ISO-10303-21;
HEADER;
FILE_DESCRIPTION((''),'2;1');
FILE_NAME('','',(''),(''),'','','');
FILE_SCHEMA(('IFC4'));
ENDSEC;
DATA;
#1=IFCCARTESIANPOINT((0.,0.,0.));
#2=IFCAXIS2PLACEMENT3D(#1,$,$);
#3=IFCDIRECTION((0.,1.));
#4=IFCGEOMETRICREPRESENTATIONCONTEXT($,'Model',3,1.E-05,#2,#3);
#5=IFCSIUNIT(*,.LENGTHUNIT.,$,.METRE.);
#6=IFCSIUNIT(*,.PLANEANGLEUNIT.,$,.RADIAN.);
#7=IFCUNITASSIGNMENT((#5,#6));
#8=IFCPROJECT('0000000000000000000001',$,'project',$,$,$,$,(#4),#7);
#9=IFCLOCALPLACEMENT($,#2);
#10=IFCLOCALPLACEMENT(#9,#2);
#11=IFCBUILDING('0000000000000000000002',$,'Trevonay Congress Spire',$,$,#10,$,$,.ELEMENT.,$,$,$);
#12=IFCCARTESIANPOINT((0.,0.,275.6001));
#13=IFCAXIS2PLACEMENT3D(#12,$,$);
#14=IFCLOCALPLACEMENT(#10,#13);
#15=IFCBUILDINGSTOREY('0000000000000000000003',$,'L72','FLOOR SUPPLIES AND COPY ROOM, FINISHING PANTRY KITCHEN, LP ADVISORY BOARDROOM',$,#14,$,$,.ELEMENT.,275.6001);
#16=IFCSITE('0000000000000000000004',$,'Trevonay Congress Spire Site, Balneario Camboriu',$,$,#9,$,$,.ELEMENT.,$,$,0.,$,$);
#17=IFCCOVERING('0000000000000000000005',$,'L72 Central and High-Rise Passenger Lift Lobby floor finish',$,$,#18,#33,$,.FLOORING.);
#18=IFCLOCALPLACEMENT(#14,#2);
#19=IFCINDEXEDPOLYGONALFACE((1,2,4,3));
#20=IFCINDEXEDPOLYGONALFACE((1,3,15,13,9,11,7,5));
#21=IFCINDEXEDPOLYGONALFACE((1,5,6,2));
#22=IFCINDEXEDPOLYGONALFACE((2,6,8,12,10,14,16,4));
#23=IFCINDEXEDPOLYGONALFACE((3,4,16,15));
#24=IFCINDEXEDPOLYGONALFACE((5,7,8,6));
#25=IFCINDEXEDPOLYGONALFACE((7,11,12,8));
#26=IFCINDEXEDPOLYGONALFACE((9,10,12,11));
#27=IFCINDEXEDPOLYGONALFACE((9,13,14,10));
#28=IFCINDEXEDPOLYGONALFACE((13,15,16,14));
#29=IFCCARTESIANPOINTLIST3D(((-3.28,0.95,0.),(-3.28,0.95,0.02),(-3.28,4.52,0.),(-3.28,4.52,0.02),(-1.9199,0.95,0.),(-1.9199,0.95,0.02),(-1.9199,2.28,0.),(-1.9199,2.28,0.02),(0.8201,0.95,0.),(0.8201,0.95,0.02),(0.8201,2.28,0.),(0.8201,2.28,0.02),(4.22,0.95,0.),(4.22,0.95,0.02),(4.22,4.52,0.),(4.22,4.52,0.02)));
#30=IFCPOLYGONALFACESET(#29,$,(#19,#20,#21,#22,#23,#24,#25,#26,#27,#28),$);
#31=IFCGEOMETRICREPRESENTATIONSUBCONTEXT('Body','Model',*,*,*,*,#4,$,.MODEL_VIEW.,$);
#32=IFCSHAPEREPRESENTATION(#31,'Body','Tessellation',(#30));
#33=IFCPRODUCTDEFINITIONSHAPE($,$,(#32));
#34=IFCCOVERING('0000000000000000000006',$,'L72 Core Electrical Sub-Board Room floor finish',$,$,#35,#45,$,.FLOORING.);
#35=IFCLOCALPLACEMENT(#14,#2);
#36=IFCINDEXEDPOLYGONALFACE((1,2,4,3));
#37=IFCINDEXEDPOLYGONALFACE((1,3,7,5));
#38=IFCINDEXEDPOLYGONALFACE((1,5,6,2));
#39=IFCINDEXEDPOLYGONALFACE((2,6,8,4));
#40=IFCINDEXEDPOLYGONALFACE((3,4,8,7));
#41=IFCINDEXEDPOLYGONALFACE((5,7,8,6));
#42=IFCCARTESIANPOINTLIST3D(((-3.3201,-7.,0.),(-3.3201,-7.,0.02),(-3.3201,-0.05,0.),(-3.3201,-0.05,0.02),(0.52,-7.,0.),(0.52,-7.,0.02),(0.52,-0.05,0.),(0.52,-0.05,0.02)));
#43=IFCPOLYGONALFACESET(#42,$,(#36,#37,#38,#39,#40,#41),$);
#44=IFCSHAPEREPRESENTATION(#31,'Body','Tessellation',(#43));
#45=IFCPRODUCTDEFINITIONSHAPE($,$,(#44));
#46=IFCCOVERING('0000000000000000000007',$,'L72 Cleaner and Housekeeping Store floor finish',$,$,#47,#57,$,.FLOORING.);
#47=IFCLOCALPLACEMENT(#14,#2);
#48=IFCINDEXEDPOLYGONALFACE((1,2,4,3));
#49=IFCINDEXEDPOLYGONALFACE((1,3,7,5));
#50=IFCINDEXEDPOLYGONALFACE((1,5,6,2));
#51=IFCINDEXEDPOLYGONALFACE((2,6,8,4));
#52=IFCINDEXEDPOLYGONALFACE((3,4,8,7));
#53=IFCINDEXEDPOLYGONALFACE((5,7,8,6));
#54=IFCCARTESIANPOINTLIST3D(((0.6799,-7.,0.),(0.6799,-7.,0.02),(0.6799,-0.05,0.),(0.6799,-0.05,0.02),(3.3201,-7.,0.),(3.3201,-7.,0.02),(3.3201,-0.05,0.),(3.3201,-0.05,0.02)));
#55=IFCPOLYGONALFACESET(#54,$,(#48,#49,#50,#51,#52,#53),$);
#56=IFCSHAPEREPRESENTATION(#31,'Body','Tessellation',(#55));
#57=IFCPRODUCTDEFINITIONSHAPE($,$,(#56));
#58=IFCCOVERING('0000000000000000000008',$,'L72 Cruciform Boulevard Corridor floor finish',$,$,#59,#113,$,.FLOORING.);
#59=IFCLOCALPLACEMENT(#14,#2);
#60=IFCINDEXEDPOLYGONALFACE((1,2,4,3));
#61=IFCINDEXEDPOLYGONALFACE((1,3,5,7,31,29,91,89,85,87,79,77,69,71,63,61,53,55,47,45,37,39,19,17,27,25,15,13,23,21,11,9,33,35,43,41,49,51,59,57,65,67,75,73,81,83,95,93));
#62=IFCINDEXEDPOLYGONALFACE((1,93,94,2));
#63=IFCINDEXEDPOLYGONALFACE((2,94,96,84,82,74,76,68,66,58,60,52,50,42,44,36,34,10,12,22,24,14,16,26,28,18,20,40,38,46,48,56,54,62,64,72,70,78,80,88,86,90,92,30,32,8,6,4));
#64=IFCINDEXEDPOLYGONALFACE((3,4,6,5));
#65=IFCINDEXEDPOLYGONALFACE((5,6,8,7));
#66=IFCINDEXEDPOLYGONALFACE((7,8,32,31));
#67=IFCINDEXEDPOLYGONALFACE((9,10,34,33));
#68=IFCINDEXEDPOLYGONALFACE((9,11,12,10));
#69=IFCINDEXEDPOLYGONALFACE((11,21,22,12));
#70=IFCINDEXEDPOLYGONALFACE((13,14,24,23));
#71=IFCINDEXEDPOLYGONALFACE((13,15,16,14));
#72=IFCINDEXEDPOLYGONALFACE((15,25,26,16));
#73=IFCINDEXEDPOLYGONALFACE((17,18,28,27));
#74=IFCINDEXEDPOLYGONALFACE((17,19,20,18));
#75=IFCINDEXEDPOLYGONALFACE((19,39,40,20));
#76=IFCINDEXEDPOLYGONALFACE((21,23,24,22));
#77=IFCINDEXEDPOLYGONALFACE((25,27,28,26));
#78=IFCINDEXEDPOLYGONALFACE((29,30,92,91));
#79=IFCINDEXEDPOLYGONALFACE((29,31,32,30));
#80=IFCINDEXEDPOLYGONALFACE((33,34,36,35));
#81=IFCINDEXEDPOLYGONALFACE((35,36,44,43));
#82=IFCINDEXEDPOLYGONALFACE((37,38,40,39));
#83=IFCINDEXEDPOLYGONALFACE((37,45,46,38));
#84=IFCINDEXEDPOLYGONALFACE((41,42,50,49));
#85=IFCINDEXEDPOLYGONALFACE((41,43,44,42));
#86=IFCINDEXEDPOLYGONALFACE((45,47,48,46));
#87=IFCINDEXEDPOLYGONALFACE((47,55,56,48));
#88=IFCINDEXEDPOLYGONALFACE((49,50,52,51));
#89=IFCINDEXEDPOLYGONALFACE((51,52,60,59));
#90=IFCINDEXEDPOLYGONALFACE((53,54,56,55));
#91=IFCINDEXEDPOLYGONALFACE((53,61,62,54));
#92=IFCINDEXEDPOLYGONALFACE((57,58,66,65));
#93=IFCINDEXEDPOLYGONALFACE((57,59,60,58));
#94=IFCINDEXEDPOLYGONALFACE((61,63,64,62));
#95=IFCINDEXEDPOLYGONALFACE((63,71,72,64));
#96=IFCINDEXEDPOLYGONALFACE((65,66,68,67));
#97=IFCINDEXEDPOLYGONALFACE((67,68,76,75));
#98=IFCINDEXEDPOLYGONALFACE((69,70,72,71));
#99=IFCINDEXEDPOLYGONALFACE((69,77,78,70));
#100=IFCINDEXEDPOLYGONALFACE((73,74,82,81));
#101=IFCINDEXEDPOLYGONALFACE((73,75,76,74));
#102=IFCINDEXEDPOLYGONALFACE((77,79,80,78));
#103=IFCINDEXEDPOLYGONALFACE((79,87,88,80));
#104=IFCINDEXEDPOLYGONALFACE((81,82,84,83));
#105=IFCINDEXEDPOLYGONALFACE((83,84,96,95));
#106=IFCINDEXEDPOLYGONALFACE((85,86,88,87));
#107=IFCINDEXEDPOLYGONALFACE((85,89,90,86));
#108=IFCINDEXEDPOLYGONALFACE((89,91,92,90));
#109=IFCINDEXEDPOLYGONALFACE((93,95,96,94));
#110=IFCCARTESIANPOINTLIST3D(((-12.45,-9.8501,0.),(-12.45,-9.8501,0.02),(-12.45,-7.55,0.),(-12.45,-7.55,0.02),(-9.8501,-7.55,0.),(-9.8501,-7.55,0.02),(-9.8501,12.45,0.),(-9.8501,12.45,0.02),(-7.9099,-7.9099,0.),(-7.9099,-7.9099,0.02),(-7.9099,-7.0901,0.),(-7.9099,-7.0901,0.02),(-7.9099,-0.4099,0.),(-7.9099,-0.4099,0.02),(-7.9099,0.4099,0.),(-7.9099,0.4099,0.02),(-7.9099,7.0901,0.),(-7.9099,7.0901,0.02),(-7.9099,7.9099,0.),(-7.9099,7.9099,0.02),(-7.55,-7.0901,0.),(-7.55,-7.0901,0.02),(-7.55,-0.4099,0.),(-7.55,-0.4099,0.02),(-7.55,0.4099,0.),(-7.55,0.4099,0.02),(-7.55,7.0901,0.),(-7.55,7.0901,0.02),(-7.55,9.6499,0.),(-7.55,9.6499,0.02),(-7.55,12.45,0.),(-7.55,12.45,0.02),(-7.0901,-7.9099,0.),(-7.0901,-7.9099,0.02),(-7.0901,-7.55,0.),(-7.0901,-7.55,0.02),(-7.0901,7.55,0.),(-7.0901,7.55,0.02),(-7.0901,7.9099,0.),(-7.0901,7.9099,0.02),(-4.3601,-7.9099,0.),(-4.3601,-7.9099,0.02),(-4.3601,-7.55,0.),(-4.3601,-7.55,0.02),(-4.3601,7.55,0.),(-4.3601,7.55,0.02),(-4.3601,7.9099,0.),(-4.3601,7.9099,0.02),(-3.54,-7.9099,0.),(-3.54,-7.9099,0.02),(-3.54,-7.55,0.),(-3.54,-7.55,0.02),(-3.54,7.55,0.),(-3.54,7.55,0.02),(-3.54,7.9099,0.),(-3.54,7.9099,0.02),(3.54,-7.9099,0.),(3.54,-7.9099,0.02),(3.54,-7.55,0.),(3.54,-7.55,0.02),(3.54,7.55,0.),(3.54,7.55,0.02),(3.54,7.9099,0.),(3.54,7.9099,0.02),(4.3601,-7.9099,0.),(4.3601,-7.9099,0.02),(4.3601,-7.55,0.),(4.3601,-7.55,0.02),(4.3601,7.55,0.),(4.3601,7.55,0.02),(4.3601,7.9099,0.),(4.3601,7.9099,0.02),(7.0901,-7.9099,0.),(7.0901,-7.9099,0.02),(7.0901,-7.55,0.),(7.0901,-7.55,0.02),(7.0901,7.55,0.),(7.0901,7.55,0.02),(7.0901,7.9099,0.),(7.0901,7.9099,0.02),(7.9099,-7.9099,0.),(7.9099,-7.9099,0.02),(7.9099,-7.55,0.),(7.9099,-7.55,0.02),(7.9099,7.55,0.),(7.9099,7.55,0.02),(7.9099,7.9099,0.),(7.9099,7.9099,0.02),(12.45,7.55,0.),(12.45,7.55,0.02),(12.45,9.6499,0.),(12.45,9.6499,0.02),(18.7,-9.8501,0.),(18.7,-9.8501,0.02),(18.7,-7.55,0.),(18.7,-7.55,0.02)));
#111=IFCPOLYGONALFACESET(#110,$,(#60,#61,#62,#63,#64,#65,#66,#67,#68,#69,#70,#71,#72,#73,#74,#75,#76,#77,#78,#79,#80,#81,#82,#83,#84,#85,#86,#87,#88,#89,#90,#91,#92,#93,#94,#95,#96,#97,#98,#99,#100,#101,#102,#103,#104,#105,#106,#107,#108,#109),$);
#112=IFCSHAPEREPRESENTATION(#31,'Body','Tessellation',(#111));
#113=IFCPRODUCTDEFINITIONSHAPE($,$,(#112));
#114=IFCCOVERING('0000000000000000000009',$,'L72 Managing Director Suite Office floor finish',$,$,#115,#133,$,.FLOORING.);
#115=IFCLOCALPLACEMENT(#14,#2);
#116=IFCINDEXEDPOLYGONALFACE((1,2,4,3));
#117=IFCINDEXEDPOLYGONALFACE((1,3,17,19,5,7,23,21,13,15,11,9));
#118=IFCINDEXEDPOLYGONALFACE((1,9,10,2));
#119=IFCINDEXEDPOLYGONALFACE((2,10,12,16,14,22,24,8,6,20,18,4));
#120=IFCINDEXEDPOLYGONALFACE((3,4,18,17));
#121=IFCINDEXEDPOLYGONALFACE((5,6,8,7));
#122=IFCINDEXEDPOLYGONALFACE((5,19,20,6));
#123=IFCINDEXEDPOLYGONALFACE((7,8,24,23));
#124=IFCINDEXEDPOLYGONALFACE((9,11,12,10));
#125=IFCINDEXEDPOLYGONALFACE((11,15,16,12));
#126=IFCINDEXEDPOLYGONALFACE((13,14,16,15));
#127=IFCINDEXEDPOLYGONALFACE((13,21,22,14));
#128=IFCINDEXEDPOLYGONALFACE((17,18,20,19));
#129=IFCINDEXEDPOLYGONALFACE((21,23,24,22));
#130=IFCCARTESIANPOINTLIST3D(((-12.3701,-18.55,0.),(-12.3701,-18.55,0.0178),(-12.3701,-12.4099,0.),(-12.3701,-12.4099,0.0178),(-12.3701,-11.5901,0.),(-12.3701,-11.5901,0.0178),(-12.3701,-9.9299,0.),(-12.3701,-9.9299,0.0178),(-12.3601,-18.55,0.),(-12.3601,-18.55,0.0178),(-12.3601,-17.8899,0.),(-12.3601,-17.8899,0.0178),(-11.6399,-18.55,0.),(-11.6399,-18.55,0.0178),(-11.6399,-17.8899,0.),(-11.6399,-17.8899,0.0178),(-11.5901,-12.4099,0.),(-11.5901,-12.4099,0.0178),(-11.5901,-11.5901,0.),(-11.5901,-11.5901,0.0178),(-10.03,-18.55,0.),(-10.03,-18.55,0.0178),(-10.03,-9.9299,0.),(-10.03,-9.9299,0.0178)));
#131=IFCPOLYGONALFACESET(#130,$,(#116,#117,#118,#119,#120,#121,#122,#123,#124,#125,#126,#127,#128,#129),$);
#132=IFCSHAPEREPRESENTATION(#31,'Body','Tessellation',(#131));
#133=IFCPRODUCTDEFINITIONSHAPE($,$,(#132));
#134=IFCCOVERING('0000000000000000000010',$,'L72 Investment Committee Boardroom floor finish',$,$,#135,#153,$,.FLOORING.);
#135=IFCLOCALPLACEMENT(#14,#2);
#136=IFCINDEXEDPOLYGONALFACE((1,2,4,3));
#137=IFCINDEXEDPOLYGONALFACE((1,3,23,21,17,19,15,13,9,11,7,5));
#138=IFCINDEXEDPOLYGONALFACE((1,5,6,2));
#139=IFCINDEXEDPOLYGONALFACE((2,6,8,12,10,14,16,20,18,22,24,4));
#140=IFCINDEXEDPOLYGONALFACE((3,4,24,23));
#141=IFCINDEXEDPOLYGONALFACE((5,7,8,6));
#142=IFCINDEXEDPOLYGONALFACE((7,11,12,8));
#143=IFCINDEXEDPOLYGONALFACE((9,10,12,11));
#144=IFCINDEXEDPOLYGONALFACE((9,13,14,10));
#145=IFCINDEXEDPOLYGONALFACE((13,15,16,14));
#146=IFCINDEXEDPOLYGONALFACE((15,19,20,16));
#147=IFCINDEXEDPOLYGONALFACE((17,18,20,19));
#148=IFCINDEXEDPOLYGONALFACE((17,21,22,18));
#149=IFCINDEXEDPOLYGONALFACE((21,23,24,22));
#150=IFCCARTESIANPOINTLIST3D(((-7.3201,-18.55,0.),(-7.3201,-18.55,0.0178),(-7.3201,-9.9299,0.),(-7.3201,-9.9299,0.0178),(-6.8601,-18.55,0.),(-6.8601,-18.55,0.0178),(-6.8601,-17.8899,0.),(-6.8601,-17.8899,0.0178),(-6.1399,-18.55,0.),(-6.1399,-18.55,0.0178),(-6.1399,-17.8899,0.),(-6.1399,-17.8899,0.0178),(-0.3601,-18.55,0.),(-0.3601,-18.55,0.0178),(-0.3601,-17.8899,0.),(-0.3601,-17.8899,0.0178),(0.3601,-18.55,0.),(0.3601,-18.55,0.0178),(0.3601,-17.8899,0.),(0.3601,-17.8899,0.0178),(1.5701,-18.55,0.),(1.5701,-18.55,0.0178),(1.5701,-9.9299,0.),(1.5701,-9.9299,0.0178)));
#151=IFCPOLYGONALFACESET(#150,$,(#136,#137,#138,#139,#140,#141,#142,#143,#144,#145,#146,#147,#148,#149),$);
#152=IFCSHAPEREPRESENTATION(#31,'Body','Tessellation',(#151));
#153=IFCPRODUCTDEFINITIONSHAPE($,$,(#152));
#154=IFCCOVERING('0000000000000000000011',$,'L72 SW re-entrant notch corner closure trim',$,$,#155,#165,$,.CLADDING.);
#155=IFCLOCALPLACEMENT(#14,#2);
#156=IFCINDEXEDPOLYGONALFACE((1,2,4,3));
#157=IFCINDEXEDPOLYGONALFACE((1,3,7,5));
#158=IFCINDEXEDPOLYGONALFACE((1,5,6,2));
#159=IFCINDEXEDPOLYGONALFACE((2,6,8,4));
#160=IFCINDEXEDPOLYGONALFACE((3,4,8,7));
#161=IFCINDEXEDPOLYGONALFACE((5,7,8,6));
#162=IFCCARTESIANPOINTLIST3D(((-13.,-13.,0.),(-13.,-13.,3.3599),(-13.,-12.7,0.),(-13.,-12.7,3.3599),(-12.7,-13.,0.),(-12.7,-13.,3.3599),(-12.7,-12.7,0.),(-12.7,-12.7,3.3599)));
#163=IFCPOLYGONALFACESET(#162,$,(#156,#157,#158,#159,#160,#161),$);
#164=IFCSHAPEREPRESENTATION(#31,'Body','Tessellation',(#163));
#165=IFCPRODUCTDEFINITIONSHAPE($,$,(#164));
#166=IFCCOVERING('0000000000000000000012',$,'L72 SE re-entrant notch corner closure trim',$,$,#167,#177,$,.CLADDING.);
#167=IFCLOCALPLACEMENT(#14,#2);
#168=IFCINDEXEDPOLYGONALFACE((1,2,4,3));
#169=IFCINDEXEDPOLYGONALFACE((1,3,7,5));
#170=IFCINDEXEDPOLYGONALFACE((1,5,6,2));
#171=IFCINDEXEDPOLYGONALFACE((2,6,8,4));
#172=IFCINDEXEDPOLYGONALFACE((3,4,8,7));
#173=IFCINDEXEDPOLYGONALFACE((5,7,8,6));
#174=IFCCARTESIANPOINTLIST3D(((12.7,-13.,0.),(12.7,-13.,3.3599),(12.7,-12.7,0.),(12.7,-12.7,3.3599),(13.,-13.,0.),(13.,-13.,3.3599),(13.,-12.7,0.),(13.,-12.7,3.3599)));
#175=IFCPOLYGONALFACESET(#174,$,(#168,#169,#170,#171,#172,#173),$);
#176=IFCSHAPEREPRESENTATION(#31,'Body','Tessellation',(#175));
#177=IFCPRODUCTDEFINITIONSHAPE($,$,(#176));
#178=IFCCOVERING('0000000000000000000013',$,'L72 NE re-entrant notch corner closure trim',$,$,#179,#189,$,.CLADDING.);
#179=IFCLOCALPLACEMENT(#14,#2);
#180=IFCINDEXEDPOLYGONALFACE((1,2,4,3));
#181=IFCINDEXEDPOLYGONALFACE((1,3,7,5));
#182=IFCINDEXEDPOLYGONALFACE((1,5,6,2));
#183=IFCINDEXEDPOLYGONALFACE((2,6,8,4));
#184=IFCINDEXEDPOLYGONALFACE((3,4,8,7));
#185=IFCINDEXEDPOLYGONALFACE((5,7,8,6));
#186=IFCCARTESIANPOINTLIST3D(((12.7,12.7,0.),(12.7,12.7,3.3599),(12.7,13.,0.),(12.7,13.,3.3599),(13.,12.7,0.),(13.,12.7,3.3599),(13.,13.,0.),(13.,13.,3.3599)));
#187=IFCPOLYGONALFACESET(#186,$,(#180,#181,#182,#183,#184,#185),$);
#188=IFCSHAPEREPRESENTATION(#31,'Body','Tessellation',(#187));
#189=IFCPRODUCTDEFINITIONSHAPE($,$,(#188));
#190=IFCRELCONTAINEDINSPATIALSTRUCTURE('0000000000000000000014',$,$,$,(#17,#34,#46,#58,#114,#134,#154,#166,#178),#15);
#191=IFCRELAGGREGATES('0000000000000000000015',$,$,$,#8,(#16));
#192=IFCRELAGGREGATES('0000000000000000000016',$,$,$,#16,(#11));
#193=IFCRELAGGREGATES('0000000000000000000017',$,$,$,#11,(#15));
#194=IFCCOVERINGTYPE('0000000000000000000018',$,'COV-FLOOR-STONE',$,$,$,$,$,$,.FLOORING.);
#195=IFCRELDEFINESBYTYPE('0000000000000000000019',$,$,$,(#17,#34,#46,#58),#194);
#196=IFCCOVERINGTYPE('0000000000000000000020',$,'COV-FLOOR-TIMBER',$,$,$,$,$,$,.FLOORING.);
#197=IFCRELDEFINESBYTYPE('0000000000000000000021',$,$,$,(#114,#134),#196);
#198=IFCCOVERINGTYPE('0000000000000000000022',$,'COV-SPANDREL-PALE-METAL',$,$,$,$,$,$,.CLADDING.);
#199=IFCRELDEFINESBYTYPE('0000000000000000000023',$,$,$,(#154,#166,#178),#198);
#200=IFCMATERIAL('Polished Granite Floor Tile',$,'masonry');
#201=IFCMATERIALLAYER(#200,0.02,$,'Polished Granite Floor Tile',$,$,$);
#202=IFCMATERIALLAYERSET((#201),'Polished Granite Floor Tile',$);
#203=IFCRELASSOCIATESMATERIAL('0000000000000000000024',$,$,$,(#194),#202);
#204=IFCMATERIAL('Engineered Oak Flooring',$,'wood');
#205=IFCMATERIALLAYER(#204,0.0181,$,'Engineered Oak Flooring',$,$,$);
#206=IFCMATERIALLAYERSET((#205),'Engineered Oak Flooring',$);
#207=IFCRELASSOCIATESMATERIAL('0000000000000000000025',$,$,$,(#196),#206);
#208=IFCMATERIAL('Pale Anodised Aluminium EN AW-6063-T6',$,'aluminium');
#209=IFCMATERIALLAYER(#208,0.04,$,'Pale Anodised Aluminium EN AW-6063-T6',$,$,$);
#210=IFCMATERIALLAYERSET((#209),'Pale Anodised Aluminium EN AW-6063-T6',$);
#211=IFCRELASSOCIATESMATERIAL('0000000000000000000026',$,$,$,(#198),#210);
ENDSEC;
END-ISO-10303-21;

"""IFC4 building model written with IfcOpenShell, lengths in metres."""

from ifc_helpers import new_model, si_unit, direction, frame, origin, place, context, subcontext, project, spatial, polyline, outline, extrude, material, layer, layer_set, type_object, element, save


model = new_model("IFC4")

# Units and contexts
model_context = context("Model", 3, precision=1e-05, world=origin(), true_north=direction((0.0, 1.0)))
body_context = subcontext(model_context, "Body", "Model", "MODEL_VIEW")
ifc_project = project(units=[si_unit("LENGTHUNIT", "METRE"), si_unit("PLANEANGLEUNIT", "RADIAN")], contexts=[model_context])

# Site, building, storey
site_placement = place(None, origin())
site = spatial("IfcSite", under=ifc_project, at=site_placement, Name="Trevonay Congress Spire Site, Balneario Camboriu", CompositionType="ELEMENT", RefElevation=0.0)
building_placement = place(site_placement, origin())
building = spatial("IfcBuilding", under=site, at=building_placement, Name="Trevonay Congress Spire", CompositionType="ELEMENT")
storey_placement = place(building_placement, frame((0.0, 0.0, 275.6001)))
storey = spatial("IfcBuildingStorey", under=building, at=storey_placement, Name="L72", Description="FLOOR SUPPLIES AND COPY ROOM, FINISHING PANTRY KITCHEN, LP ADVISORY BOARDROOM", CompositionType="ELEMENT", Elevation=275.6001)

# Coverings
ifc_material_1 = material(Name="Polished Granite Floor Tile", Category="masonry")
ifc_layer_1 = layer(ifc_material_1, 0.02, Name="Polished Granite Floor Tile")
ifc_layer_set_1 = layer_set([ifc_layer_1], Name="Polished Granite Floor Tile")
covering_type_1 = type_object("IfcCoveringType", Name="COV-FLOOR-STONE", PredefinedType="FLOORING", material=ifc_layer_set_1)
covering_1_placement = place(storey_placement, origin())
element("IfcCovering", 1, at=covering_1_placement, inside=storey, type_object=covering_type_1, Name="L72 Central and High-Rise Passenger Lift Lobby floor finish", PredefinedType="FLOORING", context=body_context, shape_type="SweptSolid", body=[
    extrude(outline(polyline([(-3.28, 0.95), (-1.9199, 0.95), (-1.9199, 2.28), (0.8201, 2.28), (0.8201, 0.95), (4.22, 0.95), (4.22, 4.52), (-3.28, 4.52), (-3.28, 0.95)])), origin(), (0.0, 0.0, 1.0), 0.02),
])
covering_2_placement = place(storey_placement, origin())
element("IfcCovering", 2, at=covering_2_placement, inside=storey, type_object=covering_type_1, Name="L72 Core Electrical Sub-Board Room floor finish", PredefinedType="FLOORING", context=body_context, shape_type="SweptSolid", body=[
    extrude(outline(polyline([(-3.3201, -7.0), (0.52, -7.0), (0.52, -0.05), (-3.3201, -0.05), (-3.3201, -7.0)])), origin(), (0.0, 0.0, 1.0), 0.02),
])
covering_3_placement = place(storey_placement, origin())
element("IfcCovering", 3, at=covering_3_placement, inside=storey, type_object=covering_type_1, Name="L72 Cleaner and Housekeeping Store floor finish", PredefinedType="FLOORING", context=body_context, shape_type="SweptSolid", body=[
    extrude(outline(polyline([(0.6799, -7.0), (3.3201, -7.0), (3.3201, -0.05), (0.6799, -0.05), (0.6799, -7.0)])), origin(), (0.0, 0.0, 1.0), 0.02),
])
covering_4_placement = place(storey_placement, origin())
element("IfcCovering", 4, at=covering_4_placement, inside=storey, type_object=covering_type_1, Name="L72 Cruciform Boulevard Corridor floor finish", PredefinedType="FLOORING", context=body_context, shape_type="SweptSolid", body=[
    extrude(outline(polyline([(18.7, -7.55), (18.7, -9.8501), (-12.45, -9.8501), (-12.45, -7.55), (-9.8501, -7.55), (-9.8501, 12.45), (-7.55, 12.45), (-7.55, 9.6499), (12.45, 9.6499), (12.45, 7.55), (7.9099, 7.55), (7.9099, 7.9099), (7.0901, 7.9099), (7.0901, 7.55), (4.3601, 7.55), (4.3601, 7.9099), (3.54, 7.9099), (3.54, 7.55), (-3.54, 7.55), (-3.54, 7.9099), (-4.3601, 7.9099), (-4.3601, 7.55), (-7.0901, 7.55), (-7.0901, 7.9099), (-7.9099, 7.9099), (-7.9099, 7.0901), (-7.55, 7.0901), (-7.55, 0.4099), (-7.9099, 0.4099), (-7.9099, -0.4099), (-7.55, -0.4099), (-7.55, -7.0901), (-7.9099, -7.0901), (-7.9099, -7.9099), (-7.0901, -7.9099), (-7.0901, -7.55), (-4.3601, -7.55), (-4.3601, -7.9099), (-3.54, -7.9099), (-3.54, -7.55), (3.54, -7.55), (3.54, -7.9099), (4.3601, -7.9099), (4.3601, -7.55), (7.0901, -7.55), (7.0901, -7.9099), (7.9099, -7.9099), (7.9099, -7.55), (18.7, -7.55)])), origin(), (0.0, 0.0, 1.0), 0.02),
])
ifc_material_2 = material(Name="Engineered Oak Flooring", Category="wood")
ifc_layer_2 = layer(ifc_material_2, 0.0181, Name="Engineered Oak Flooring")
ifc_layer_set_2 = layer_set([ifc_layer_2], Name="Engineered Oak Flooring")
covering_type_2 = type_object("IfcCoveringType", Name="COV-FLOOR-TIMBER", PredefinedType="FLOORING", material=ifc_layer_set_2)
covering_5_placement = place(storey_placement, origin())
element("IfcCovering", 5, at=covering_5_placement, inside=storey, type_object=covering_type_2, Name="L72 Managing Director Suite Office floor finish", PredefinedType="FLOORING", context=body_context, shape_type="SweptSolid", body=[
    extrude(outline(polyline([(-12.3701, -18.55), (-12.3701, -12.4099), (-11.5901, -12.4099), (-11.5901, -11.5901), (-12.3701, -11.5901), (-12.3701, -9.9299), (-10.03, -9.9299), (-10.03, -18.55), (-11.6399, -18.55), (-11.6399, -17.8899), (-12.3601, -17.8899), (-12.3601, -18.55), (-12.3701, -18.55)])), origin(), (0.0, 0.0, 1.0), 0.0178),
])
covering_6_placement = place(storey_placement, origin())
element("IfcCovering", 6, at=covering_6_placement, inside=storey, type_object=covering_type_2, Name="L72 Investment Committee Boardroom floor finish", PredefinedType="FLOORING", context=body_context, shape_type="SweptSolid", body=[
    extrude(outline(polyline([(-7.3201, -18.55), (-7.3201, -9.9299), (1.5701, -9.9299), (1.5701, -18.55), (0.3601, -18.55), (0.3601, -17.8899), (-0.3601, -17.8899), (-0.3601, -18.55), (-6.1399, -18.55), (-6.1399, -17.8899), (-6.8601, -17.8899), (-6.8601, -18.55), (-7.3201, -18.55)])), origin(), (0.0, 0.0, 1.0), 0.0178),
])
ifc_material_3 = material(Name="Pale Anodised Aluminium EN AW-6063-T6", Category="aluminium")
ifc_layer_3 = layer(ifc_material_3, 0.04, Name="Pale Anodised Aluminium EN AW-6063-T6")
ifc_layer_set_3 = layer_set([ifc_layer_3], Name="Pale Anodised Aluminium EN AW-6063-T6")
covering_type_3 = type_object("IfcCoveringType", Name="COV-SPANDREL-PALE-METAL", PredefinedType="CLADDING", material=ifc_layer_set_3)
covering_7_placement = place(storey_placement, origin())
element("IfcCovering", 7, at=covering_7_placement, inside=storey, type_object=covering_type_3, Name="L72 SW re-entrant notch corner closure trim", PredefinedType="CLADDING", context=body_context, shape_type="SweptSolid", body=[
    extrude(outline(polyline([(-13.0, -13.0), (-12.7, -13.0), (-12.7, -12.7), (-13.0, -12.7), (-13.0, -13.0)])), origin(), (0.0, 0.0, 1.0), 3.3599),
])
covering_8_placement = place(storey_placement, origin())
element("IfcCovering", 8, at=covering_8_placement, inside=storey, type_object=covering_type_3, Name="L72 SE re-entrant notch corner closure trim", PredefinedType="CLADDING", context=body_context, shape_type="SweptSolid", body=[
    extrude(outline(polyline([(12.7, -13.0), (13.0, -13.0), (13.0, -12.7), (12.7, -12.7), (12.7, -13.0)])), origin(), (0.0, 0.0, 1.0), 3.3599),
])
covering_9_placement = place(storey_placement, origin())
element("IfcCovering", 9, at=covering_9_placement, inside=storey, type_object=covering_type_3, Name="L72 NE re-entrant notch corner closure trim", PredefinedType="CLADDING", context=body_context, shape_type="SweptSolid", body=[
    extrude(outline(polyline([(12.7, 12.7), (13.0, 12.7), (13.0, 13.0), (12.7, 13.0), (12.7, 12.7)])), origin(), (0.0, 0.0, 1.0), 3.3599),
])

save(model, "model.ifc")
